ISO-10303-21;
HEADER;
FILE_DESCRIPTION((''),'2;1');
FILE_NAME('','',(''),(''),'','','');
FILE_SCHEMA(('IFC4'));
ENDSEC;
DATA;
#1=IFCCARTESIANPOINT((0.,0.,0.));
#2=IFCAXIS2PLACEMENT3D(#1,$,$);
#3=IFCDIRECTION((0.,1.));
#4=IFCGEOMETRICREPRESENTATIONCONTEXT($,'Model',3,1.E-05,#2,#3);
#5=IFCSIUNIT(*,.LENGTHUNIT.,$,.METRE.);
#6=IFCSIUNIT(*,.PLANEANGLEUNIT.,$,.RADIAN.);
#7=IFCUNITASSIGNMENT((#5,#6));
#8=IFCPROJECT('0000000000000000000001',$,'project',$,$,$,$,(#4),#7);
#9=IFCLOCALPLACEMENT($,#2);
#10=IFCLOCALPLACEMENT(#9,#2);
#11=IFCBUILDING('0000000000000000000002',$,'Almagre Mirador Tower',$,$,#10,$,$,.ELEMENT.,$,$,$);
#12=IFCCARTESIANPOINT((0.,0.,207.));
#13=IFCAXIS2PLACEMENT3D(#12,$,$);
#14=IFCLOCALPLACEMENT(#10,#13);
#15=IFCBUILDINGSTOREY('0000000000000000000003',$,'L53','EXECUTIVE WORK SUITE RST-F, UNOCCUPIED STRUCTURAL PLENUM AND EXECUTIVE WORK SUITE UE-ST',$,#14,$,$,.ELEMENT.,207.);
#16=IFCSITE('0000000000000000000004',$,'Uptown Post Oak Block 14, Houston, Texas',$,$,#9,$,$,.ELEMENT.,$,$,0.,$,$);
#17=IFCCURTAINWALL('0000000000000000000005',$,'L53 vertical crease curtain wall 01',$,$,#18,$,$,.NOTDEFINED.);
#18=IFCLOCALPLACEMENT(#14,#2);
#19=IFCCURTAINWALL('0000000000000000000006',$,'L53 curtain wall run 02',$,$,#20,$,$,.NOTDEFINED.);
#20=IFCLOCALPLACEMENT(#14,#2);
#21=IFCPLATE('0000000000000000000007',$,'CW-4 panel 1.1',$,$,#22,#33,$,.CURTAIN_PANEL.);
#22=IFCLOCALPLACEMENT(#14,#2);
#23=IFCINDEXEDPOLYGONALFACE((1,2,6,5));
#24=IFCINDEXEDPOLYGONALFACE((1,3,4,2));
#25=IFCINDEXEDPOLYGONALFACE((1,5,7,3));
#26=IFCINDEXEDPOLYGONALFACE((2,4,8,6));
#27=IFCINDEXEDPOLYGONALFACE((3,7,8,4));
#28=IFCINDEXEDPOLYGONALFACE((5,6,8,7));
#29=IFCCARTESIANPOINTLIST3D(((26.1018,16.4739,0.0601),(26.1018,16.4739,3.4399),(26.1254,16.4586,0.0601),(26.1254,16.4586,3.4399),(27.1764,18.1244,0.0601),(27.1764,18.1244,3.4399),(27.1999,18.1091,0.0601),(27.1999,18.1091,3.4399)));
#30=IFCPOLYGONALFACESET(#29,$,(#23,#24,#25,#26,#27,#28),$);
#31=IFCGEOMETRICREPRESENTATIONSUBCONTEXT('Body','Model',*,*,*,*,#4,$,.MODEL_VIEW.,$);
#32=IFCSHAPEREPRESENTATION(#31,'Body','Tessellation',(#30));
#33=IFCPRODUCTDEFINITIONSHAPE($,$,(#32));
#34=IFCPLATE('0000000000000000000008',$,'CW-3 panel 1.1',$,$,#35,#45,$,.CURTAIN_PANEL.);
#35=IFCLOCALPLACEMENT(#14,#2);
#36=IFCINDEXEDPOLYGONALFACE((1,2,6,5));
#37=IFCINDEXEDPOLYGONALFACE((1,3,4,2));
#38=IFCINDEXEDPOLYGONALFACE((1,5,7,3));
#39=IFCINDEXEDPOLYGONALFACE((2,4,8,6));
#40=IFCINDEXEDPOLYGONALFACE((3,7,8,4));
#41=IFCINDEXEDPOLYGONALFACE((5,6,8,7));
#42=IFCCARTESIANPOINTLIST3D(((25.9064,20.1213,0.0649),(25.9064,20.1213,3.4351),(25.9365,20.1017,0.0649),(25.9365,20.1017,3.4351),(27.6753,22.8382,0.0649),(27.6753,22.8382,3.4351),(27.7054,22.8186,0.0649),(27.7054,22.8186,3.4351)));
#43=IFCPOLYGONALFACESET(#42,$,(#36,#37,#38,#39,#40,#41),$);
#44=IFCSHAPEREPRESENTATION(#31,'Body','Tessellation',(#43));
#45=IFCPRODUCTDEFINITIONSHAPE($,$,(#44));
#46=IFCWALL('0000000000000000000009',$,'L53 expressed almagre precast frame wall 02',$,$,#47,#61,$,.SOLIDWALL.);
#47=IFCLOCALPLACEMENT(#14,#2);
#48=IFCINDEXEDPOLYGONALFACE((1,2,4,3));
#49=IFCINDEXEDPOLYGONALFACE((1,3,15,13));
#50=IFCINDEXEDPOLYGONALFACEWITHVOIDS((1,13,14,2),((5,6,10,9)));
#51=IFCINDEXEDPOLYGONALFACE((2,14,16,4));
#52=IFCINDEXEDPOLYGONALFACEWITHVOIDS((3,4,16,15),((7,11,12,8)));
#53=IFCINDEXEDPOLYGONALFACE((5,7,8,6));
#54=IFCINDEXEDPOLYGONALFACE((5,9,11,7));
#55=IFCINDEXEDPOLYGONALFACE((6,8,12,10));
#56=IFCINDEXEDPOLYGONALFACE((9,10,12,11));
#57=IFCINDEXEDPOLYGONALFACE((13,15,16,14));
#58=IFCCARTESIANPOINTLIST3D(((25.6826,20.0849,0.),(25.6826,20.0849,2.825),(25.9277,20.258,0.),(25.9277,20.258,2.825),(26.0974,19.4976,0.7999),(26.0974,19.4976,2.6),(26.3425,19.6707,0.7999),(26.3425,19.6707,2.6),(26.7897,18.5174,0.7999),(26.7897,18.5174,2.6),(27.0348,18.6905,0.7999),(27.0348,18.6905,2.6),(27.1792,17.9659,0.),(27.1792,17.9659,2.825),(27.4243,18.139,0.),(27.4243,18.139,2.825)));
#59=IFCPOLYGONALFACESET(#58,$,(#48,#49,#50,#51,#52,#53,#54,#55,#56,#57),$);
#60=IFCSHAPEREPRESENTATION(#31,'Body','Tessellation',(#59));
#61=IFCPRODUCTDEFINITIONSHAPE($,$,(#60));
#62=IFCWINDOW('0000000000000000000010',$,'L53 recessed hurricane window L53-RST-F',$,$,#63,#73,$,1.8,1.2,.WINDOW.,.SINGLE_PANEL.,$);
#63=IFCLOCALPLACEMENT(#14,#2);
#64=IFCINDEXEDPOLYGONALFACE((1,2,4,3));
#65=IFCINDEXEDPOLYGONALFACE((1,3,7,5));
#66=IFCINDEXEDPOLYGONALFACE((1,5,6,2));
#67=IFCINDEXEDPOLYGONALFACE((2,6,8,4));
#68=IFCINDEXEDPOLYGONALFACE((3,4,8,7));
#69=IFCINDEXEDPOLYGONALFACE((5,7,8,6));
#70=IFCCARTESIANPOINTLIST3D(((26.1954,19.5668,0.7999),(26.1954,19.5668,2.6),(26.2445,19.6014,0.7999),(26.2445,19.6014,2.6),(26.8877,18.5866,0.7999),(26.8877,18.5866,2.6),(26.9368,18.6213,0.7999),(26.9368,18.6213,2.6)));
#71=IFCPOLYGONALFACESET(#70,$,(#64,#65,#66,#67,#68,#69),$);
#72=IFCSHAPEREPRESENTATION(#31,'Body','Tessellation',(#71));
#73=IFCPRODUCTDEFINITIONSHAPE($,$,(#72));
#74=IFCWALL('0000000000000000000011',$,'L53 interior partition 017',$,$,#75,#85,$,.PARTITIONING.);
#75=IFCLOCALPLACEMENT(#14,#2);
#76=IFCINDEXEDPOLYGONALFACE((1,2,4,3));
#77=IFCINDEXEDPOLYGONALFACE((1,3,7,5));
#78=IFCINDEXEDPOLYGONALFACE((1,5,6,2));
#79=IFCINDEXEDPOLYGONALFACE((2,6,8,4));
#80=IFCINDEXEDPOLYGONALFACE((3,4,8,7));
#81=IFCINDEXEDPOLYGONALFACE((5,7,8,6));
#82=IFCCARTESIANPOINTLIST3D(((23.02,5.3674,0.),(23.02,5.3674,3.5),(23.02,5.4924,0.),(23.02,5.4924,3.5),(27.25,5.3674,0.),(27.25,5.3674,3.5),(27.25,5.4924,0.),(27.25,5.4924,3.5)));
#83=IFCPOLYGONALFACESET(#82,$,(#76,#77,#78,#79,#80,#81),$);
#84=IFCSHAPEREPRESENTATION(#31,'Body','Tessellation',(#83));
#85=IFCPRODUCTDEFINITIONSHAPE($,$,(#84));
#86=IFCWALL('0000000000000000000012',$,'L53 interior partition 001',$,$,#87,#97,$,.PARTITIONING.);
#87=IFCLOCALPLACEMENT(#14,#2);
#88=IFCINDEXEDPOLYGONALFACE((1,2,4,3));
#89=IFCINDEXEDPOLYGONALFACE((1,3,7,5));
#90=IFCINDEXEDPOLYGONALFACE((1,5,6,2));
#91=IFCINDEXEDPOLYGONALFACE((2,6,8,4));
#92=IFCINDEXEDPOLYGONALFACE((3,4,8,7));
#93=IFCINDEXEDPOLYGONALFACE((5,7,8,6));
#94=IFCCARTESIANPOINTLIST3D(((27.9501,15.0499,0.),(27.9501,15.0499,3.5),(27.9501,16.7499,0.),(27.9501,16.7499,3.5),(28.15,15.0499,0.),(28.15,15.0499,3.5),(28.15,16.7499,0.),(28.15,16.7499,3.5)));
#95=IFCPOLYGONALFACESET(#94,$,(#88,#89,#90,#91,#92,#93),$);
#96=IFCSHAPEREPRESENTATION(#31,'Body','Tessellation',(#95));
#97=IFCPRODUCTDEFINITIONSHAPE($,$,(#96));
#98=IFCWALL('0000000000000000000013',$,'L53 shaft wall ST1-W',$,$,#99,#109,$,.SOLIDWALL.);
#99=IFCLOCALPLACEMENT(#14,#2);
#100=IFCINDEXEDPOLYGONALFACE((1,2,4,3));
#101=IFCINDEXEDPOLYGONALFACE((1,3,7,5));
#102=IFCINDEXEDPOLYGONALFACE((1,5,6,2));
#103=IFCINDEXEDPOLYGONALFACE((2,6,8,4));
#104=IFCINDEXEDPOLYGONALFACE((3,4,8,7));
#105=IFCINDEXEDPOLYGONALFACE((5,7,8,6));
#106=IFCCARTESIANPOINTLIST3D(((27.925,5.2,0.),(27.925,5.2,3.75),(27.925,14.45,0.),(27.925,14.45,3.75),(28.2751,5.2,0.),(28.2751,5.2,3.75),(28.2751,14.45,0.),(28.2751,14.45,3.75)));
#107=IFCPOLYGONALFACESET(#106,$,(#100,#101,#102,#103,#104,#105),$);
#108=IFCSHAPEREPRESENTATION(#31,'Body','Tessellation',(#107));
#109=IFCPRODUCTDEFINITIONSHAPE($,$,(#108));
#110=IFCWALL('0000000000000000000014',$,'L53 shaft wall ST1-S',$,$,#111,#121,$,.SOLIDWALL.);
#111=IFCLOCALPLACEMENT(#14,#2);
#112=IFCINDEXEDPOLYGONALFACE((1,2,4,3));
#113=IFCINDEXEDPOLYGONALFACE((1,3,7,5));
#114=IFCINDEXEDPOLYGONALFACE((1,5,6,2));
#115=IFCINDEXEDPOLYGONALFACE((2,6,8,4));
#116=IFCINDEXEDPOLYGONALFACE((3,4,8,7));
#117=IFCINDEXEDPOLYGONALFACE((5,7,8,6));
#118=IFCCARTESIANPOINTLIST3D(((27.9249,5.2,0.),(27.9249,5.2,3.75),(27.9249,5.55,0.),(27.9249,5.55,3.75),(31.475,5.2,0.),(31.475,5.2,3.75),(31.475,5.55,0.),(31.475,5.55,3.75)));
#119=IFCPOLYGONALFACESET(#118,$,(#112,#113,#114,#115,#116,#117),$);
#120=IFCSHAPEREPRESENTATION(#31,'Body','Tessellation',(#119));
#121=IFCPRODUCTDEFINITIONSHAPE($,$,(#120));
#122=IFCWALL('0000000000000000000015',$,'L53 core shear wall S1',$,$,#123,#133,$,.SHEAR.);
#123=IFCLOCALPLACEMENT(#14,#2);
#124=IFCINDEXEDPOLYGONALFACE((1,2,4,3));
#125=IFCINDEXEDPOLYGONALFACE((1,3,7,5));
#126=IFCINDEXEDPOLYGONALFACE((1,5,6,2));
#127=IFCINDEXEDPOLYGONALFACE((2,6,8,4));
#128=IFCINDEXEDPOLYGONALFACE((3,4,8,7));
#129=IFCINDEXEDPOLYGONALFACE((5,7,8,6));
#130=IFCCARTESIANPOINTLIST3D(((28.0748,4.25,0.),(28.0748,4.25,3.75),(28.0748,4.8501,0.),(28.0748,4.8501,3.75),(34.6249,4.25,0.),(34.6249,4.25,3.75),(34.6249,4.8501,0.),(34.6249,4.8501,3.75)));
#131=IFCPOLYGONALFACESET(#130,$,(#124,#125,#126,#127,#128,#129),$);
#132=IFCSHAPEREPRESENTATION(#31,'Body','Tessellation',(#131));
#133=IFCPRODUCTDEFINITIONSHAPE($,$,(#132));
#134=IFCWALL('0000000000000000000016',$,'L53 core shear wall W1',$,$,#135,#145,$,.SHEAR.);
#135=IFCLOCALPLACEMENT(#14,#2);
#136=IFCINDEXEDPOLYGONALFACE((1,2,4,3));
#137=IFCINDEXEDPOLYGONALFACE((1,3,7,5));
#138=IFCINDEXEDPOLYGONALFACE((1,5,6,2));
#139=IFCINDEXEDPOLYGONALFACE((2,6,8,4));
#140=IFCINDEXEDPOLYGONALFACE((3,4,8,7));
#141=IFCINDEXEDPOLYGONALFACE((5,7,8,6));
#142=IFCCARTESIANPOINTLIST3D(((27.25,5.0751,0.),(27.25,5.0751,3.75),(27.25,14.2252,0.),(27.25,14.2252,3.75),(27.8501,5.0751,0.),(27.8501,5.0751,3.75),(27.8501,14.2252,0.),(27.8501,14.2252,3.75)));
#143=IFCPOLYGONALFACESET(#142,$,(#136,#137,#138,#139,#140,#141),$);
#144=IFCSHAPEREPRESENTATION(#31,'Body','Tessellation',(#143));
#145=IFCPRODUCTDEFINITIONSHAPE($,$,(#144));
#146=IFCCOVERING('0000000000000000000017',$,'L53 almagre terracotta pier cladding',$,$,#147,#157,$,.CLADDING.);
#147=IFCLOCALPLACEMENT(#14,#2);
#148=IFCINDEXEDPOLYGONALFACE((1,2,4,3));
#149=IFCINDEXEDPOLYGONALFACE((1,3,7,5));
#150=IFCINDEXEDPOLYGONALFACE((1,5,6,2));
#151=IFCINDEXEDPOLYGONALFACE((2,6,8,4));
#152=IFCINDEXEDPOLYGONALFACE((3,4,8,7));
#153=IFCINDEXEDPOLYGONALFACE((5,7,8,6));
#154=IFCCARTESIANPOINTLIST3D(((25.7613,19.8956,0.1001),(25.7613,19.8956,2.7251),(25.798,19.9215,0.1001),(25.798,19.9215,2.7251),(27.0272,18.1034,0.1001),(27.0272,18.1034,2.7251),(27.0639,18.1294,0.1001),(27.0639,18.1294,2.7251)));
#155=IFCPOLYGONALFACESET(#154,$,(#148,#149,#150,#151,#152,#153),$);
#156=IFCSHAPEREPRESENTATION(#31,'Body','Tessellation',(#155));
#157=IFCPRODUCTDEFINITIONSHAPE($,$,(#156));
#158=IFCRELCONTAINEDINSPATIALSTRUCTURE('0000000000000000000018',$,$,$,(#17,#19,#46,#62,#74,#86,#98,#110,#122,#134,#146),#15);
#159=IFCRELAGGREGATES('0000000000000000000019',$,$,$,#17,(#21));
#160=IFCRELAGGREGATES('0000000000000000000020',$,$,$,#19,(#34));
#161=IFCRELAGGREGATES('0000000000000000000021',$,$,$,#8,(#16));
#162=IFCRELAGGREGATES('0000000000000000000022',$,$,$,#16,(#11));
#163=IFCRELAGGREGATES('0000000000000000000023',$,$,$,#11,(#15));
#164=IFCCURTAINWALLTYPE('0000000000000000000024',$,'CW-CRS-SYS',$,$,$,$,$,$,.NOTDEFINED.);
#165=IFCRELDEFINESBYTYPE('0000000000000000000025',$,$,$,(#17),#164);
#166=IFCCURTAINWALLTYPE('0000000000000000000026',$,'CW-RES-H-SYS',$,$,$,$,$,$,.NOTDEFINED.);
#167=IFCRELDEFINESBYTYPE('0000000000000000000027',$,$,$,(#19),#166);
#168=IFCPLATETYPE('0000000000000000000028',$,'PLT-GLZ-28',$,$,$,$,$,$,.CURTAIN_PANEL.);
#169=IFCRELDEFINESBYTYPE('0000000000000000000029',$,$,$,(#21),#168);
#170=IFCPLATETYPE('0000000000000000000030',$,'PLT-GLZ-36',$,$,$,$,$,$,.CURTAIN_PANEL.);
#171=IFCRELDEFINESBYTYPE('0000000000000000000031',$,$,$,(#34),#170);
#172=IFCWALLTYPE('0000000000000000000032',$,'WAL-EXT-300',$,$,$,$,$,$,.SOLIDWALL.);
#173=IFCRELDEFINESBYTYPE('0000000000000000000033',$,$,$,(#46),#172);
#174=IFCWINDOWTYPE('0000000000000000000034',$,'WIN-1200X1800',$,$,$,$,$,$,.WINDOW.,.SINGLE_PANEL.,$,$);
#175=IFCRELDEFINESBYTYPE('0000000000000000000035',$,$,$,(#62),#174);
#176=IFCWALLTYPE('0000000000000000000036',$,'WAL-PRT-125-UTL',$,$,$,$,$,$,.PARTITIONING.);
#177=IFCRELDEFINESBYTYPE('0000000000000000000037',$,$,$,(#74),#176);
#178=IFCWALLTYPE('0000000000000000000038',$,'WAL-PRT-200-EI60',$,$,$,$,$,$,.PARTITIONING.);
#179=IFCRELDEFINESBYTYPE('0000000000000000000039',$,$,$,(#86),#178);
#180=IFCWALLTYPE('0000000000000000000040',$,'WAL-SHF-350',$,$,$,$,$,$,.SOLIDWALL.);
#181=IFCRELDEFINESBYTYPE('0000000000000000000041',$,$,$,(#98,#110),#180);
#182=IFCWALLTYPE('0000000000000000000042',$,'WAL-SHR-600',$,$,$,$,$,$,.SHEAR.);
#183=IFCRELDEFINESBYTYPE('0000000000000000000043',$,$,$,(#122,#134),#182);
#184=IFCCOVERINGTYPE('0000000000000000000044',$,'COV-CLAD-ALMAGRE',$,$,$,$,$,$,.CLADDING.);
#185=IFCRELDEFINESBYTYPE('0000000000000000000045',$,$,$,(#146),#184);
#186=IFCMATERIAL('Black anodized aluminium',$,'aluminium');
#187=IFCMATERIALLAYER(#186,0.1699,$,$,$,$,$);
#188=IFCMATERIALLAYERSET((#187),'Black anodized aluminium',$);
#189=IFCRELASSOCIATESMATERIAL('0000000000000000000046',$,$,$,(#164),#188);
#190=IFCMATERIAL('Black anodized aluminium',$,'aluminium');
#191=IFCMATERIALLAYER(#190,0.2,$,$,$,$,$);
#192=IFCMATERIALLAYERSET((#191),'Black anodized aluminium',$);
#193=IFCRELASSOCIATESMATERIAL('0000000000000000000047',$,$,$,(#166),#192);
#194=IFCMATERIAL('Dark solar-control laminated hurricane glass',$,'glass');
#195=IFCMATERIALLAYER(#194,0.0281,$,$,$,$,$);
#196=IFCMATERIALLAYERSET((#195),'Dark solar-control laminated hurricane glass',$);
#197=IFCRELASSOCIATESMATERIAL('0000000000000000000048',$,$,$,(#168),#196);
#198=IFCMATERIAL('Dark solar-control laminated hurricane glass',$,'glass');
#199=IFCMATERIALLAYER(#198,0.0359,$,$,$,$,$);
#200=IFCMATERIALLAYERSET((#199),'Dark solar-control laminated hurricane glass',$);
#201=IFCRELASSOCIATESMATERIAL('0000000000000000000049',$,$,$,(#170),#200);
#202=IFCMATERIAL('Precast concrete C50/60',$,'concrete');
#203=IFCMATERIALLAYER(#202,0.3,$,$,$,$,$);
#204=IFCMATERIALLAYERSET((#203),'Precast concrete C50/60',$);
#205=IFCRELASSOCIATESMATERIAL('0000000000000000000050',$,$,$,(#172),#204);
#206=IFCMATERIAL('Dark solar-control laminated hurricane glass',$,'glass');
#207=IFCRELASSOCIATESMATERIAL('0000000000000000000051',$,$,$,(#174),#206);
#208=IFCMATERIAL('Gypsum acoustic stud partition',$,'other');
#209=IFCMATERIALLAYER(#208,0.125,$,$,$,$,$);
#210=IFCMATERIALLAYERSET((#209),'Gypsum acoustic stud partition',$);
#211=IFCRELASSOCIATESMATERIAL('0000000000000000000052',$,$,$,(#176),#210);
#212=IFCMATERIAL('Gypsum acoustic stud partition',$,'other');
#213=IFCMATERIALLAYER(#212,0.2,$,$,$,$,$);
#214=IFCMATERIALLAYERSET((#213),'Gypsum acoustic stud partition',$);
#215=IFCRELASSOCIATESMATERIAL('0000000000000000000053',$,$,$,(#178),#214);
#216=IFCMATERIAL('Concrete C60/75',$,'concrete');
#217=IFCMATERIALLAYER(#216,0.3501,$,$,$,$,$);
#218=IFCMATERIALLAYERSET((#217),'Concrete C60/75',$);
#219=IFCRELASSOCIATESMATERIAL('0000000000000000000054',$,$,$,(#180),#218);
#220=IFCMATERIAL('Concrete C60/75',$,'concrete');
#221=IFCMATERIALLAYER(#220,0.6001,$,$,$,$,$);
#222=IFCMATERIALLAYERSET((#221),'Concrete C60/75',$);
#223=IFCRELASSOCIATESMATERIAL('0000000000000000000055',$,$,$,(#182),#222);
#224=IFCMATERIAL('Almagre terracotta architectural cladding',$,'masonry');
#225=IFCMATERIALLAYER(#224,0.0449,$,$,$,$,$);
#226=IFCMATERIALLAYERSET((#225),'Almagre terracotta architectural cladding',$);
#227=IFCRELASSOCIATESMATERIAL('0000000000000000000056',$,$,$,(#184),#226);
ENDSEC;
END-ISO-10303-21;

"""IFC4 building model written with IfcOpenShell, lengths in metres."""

from ifc_helpers import new_model, si_unit, direction, frame, frame_2d, origin, origin_2d, place, context, subcontext, project, spatial, rectangle, extrude, material, layer, layer_set, type_object, element, fill, aggregate, save


model = new_model("IFC4")

# Units and contexts
model_context = context("Model", 3, precision=1e-05, world=origin(), true_north=direction((0.0, 1.0)))
body_context = subcontext(model_context, "Body", "Model", "MODEL_VIEW")
ifc_project = project(units=[si_unit("LENGTHUNIT", "METRE"), si_unit("PLANEANGLEUNIT", "RADIAN")], contexts=[model_context])

# Site, building, storey
site_placement = place(None, origin())
site = spatial("IfcSite", under=ifc_project, at=site_placement, Name="Uptown Post Oak Block 14, Houston, Texas", CompositionType="ELEMENT", RefElevation=0.0)
building_placement = place(site_placement, origin())
building = spatial("IfcBuilding", under=site, at=building_placement, Name="Almagre Mirador Tower", CompositionType="ELEMENT")
storey_placement = place(building_placement, frame((0.0, 0.0, 207.0)))
storey = spatial("IfcBuildingStorey", under=building, at=storey_placement, Name="L53", Description="EXECUTIVE WORK SUITE RST-F, UNOCCUPIED STRUCTURAL PLENUM AND EXECUTIVE WORK SUITE UE-ST", CompositionType="ELEMENT", Elevation=207.0)

# Curtain walls
ifc_material_1 = material(Name="Black anodized aluminium", Category="aluminium")
ifc_layer_1 = layer(ifc_material_1, 0.1699)
ifc_layer_set_1 = layer_set([ifc_layer_1], Name="Black anodized aluminium")
curtain_wall_type_1 = type_object("IfcCurtainWallType", Name="CW-CRS-SYS", PredefinedType="NOTDEFINED", material=ifc_layer_set_1)
curtain_wall_1_placement = place(storey_placement, origin())
curtain_wall_1 = element("IfcCurtainWall", 1, at=curtain_wall_1_placement, inside=storey, type_object=curtain_wall_type_1, Name="L53 vertical crease curtain wall 01", PredefinedType="NOTDEFINED")
ifc_material_2 = material(Name="Black anodized aluminium", Category="aluminium")
ifc_layer_2 = layer(ifc_material_2, 0.2)
ifc_layer_set_2 = layer_set([ifc_layer_2], Name="Black anodized aluminium")
curtain_wall_type_2 = type_object("IfcCurtainWallType", Name="CW-RES-H-SYS", PredefinedType="NOTDEFINED", material=ifc_layer_set_2)
curtain_wall_2_placement = place(storey_placement, origin())
curtain_wall_2 = element("IfcCurtainWall", 2, at=curtain_wall_2_placement, inside=storey, type_object=curtain_wall_type_2, Name="L53 curtain wall run 02", PredefinedType="NOTDEFINED")

# Plates
ifc_material_3 = material(Name="Dark solar-control laminated hurricane glass", Category="glass")
ifc_layer_3 = layer(ifc_material_3, 0.0281)
ifc_layer_set_3 = layer_set([ifc_layer_3], Name="Dark solar-control laminated hurricane glass")
plate_type_1 = type_object("IfcPlateType", Name="PLT-GLZ-28", PredefinedType="CURTAIN_PANEL", material=ifc_layer_set_3)
plate_1_placement = place(storey_placement, frame((26.6509, 17.2915, 0.0601), z_axis=(0.0, 0.0, 1.0), x_axis=(0.545611, 0.838039, 0.0)))
plate_1 = element("IfcPlate", 3, at=plate_1_placement, type_object=plate_type_1, Name="CW-4 panel 1.1", PredefinedType="CURTAIN_PANEL", context=body_context, shape_type="SweptSolid", body=[
    extrude(rectangle(XDim=1.9695, YDim=0.0281, at=origin_2d()), origin(), (0.0, 0.0, 1.0), 3.3799),
])
aggregate(curtain_wall_1, [plate_1])
ifc_material_4 = material(Name="Dark solar-control laminated hurricane glass", Category="glass")
ifc_layer_4 = layer(ifc_material_4, 0.0359)
ifc_layer_set_4 = layer_set([ifc_layer_4], Name="Dark solar-control laminated hurricane glass")
plate_type_2 = type_object("IfcPlateType", Name="PLT-GLZ-36", PredefinedType="CURTAIN_PANEL", material=ifc_layer_set_4)
plate_2_placement = place(storey_placement, frame((26.8059, 21.47, 0.0649), z_axis=(0.0, 0.0, 1.0), x_axis=(0.545614, 0.838036, 0.0)))
plate_2 = element("IfcPlate", 4, at=plate_2_placement, type_object=plate_type_2, Name="CW-3 panel 1.1", PredefinedType="CURTAIN_PANEL", context=body_context, shape_type="SweptSolid", body=[
    extrude(rectangle(XDim=3.2419, YDim=0.0359, at=origin_2d()), origin(), (0.0, 0.0, 1.0), 3.3701),
])
aggregate(curtain_wall_2, [plate_2])

# Wall, opening, window
ifc_material_5 = material(Name="Precast concrete C50/60", Category="concrete")
ifc_layer_5 = layer(ifc_material_5, 0.3)
ifc_layer_set_5 = layer_set([ifc_layer_5], Name="Precast concrete C50/60")
wall_type_1 = type_object("IfcWallType", Name="WAL-EXT-300", PredefinedType="SOLIDWALL", material=ifc_layer_set_5)
wall_1_placement = place(storey_placement, frame((27.3018, 18.0525, 0.0), z_axis=(0.0, 0.0, 1.0), x_axis=(-0.576912, 0.816806, 0.0)))
wall_1 = element("IfcWall", 5, at=wall_1_placement, inside=storey, type_object=wall_type_1, Name="L53 expressed almagre precast frame wall 02", PredefinedType="SOLIDWALL", context=body_context, shape_type="SweptSolid", body=[
    extrude(rectangle(XDim=2.5942, YDim=0.3, at=frame_2d((1.2971, 0.0))), origin(), (0.0, 0.0, 1.0), 2.825),
])
opening_1_placement = place(wall_1_placement, frame((0.675, 0.0, 0.8)))
opening_1 = element("IfcOpeningElement", 6, at=opening_1_placement, cuts=wall_1, PredefinedType="OPENING", context=body_context, shape_type="SweptSolid", body=[
    extrude(rectangle(XDim=1.2, YDim=1.8, at=frame_2d((0.6001, 0.8999))), frame((0.0, 0.1599, 0.0), z_axis=(0.0, -1.0, 0.0), x_axis=(1.0, 0.0, 0.0)), (0.0, 0.0, 1.0), 0.32),
])
ifc_material_6 = material(Name="Dark solar-control laminated hurricane glass", Category="glass")
window_type = type_object("IfcWindowType", Name="WIN-1200X1800", PartitioningType="SINGLE_PANEL", PredefinedType="WINDOW", material=ifc_material_6)
window_placement = place(opening_1_placement, origin())
window = element("IfcWindow", 7, at=window_placement, inside=storey, type_object=window_type, Name="L53 recessed hurricane window L53-RST-F", OverallHeight=1.8, OverallWidth=1.2, PartitioningType="SINGLE_PANEL", PredefinedType="WINDOW", context=body_context, shape_type="SweptSolid", body=[
    extrude(rectangle(XDim=1.2, YDim=1.8, at=frame_2d((0.6001, 0.8999))), frame((0.0, 0.03, 0.0), z_axis=(0.0, -1.0, 0.0), x_axis=(1.0, 0.0, 0.0)), (0.0, 0.0, 1.0), 0.0601),
])
fill(opening_1, window)

# Walls
ifc_material_7 = material(Name="Gypsum acoustic stud partition", Category="other")
ifc_layer_6 = layer(ifc_material_7, 0.125)
ifc_layer_set_6 = layer_set([ifc_layer_6], Name="Gypsum acoustic stud partition")
wall_type_2 = type_object("IfcWallType", Name="WAL-PRT-125-UTL", PredefinedType="PARTITIONING", material=ifc_layer_set_6)
wall_2_placement = place(storey_placement, frame((27.25, 5.4299, 0.0), z_axis=(0.0, 0.0, 1.0), x_axis=(-1.0, 0.0, 0.0)))
element("IfcWall", 8, at=wall_2_placement, inside=storey, type_object=wall_type_2, Name="L53 interior partition 017", PredefinedType="PARTITIONING", context=body_context, shape_type="SweptSolid", body=[
    extrude(rectangle(XDim=4.23, YDim=0.125, at=frame_2d((2.115, 0.0))), origin(), (0.0, 0.0, 1.0), 3.5),
])
ifc_material_8 = material(Name="Gypsum acoustic stud partition", Category="other")
ifc_layer_7 = layer(ifc_material_8, 0.2)
ifc_layer_set_7 = layer_set([ifc_layer_7], Name="Gypsum acoustic stud partition")
wall_type_3 = type_object("IfcWallType", Name="WAL-PRT-200-EI60", PredefinedType="PARTITIONING", material=ifc_layer_set_7)
wall_3_placement = place(storey_placement, frame((28.05, 16.75, 0.0), z_axis=(0.0, 0.0, 1.0), x_axis=(0.0, -1.0, 0.0)))
element("IfcWall", 9, at=wall_3_placement, inside=storey, type_object=wall_type_3, Name="L53 interior partition 001", PredefinedType="PARTITIONING", context=body_context, shape_type="SweptSolid", body=[
    extrude(rectangle(XDim=1.7, YDim=0.2, at=frame_2d((0.8501, 0.0))), origin(), (0.0, 0.0, 1.0), 3.5),
])
ifc_material_9 = material(Name="Concrete C60/75", Category="concrete")
ifc_layer_8 = layer(ifc_material_9, 0.3501)
ifc_layer_set_8 = layer_set([ifc_layer_8], Name="Concrete C60/75")
wall_type_4 = type_object("IfcWallType", Name="WAL-SHF-350", PredefinedType="SOLIDWALL", material=ifc_layer_set_8)
wall_4_placement = place(storey_placement, frame((28.1001, 5.2, 0.0), z_axis=(0.0, 0.0, 1.0), x_axis=(0.0, 1.0, 0.0)))
element("IfcWall", 10, at=wall_4_placement, inside=storey, type_object=wall_type_4, Name="L53 shaft wall ST1-W", PredefinedType="SOLIDWALL", context=body_context, shape_type="SweptSolid", body=[
    extrude(rectangle(XDim=9.25, YDim=0.3501, at=frame_2d((4.625, 0.0))), origin(), (0.0, 0.0, 1.0), 3.75),
])
wall_5_placement = place(storey_placement, frame((27.925, 5.375, 0.0), z_axis=(0.0, 0.0, 1.0), x_axis=(1.0, 0.0, 0.0)))
element("IfcWall", 11, at=wall_5_placement, inside=storey, type_object=wall_type_4, Name="L53 shaft wall ST1-S", PredefinedType="SOLIDWALL", context=body_context, shape_type="SweptSolid", body=[
    extrude(rectangle(XDim=3.55, YDim=0.3501, at=frame_2d((1.7749, 0.0))), origin(), (0.0, 0.0, 1.0), 3.75),
])
ifc_material_10 = material(Name="Concrete C60/75", Category="concrete")
ifc_layer_9 = layer(ifc_material_10, 0.6001)
ifc_layer_set_9 = layer_set([ifc_layer_9], Name="Concrete C60/75")
wall_type_5 = type_object("IfcWallType", Name="WAL-SHR-600", PredefinedType="SHEAR", material=ifc_layer_set_9)
wall_6_placement = place(storey_placement, frame((28.075, 4.55, 0.0), z_axis=(0.0, 0.0, 1.0), x_axis=(1.0, 0.0, 0.0)))
element("IfcWall", 12, at=wall_6_placement, inside=storey, type_object=wall_type_5, Name="L53 core shear wall S1", PredefinedType="SHEAR", context=body_context, shape_type="SweptSolid", body=[
    extrude(rectangle(XDim=6.55, YDim=0.6001, at=frame_2d((3.2749, 0.0))), origin(), (0.0, 0.0, 1.0), 3.75),
])

# Wall
wall_7_placement = place(storey_placement, frame((27.55, 5.075, 0.0), z_axis=(0.0, 0.0, 1.0), x_axis=(0.0, 1.0, 0.0)))
element("IfcWall", 13, at=wall_7_placement, inside=storey, type_object=wall_type_5, Name="L53 core shear wall W1", PredefinedType="SHEAR", context=body_context, shape_type="SweptSolid", body=[
    extrude(rectangle(XDim=9.1501, YDim=0.6001, at=frame_2d((4.5752, 0.0))), origin(), (0.0, 0.0, 1.0), 3.75),
])

# Covering
ifc_material_11 = material(Name="Almagre terracotta architectural cladding", Category="masonry")
ifc_layer_10 = layer(ifc_material_11, 0.0449)
ifc_layer_set_10 = layer_set([ifc_layer_10], Name="Almagre terracotta architectural cladding")
covering_type = type_object("IfcCoveringType", Name="COV-CLAD-ALMAGRE", PredefinedType="CLADDING", material=ifc_layer_set_10)
covering_placement = place(storey_placement, frame((26.4126, 19.0125, 0.1001), z_axis=(0.0, 0.0, 1.0), x_axis=(-0.576931, 0.816793, 0.0)))
element("IfcCovering", 14, at=covering_placement, inside=storey, type_object=covering_type, Name="L53 almagre terracotta pier cladding", PredefinedType="CLADDING", context=body_context, shape_type="SweptSolid", body=[
    extrude(rectangle(XDim=2.1941, YDim=0.0449, at=origin_2d()), origin(), (0.0, 0.0, 1.0), 2.625),
])

save(model, "model.ifc")
